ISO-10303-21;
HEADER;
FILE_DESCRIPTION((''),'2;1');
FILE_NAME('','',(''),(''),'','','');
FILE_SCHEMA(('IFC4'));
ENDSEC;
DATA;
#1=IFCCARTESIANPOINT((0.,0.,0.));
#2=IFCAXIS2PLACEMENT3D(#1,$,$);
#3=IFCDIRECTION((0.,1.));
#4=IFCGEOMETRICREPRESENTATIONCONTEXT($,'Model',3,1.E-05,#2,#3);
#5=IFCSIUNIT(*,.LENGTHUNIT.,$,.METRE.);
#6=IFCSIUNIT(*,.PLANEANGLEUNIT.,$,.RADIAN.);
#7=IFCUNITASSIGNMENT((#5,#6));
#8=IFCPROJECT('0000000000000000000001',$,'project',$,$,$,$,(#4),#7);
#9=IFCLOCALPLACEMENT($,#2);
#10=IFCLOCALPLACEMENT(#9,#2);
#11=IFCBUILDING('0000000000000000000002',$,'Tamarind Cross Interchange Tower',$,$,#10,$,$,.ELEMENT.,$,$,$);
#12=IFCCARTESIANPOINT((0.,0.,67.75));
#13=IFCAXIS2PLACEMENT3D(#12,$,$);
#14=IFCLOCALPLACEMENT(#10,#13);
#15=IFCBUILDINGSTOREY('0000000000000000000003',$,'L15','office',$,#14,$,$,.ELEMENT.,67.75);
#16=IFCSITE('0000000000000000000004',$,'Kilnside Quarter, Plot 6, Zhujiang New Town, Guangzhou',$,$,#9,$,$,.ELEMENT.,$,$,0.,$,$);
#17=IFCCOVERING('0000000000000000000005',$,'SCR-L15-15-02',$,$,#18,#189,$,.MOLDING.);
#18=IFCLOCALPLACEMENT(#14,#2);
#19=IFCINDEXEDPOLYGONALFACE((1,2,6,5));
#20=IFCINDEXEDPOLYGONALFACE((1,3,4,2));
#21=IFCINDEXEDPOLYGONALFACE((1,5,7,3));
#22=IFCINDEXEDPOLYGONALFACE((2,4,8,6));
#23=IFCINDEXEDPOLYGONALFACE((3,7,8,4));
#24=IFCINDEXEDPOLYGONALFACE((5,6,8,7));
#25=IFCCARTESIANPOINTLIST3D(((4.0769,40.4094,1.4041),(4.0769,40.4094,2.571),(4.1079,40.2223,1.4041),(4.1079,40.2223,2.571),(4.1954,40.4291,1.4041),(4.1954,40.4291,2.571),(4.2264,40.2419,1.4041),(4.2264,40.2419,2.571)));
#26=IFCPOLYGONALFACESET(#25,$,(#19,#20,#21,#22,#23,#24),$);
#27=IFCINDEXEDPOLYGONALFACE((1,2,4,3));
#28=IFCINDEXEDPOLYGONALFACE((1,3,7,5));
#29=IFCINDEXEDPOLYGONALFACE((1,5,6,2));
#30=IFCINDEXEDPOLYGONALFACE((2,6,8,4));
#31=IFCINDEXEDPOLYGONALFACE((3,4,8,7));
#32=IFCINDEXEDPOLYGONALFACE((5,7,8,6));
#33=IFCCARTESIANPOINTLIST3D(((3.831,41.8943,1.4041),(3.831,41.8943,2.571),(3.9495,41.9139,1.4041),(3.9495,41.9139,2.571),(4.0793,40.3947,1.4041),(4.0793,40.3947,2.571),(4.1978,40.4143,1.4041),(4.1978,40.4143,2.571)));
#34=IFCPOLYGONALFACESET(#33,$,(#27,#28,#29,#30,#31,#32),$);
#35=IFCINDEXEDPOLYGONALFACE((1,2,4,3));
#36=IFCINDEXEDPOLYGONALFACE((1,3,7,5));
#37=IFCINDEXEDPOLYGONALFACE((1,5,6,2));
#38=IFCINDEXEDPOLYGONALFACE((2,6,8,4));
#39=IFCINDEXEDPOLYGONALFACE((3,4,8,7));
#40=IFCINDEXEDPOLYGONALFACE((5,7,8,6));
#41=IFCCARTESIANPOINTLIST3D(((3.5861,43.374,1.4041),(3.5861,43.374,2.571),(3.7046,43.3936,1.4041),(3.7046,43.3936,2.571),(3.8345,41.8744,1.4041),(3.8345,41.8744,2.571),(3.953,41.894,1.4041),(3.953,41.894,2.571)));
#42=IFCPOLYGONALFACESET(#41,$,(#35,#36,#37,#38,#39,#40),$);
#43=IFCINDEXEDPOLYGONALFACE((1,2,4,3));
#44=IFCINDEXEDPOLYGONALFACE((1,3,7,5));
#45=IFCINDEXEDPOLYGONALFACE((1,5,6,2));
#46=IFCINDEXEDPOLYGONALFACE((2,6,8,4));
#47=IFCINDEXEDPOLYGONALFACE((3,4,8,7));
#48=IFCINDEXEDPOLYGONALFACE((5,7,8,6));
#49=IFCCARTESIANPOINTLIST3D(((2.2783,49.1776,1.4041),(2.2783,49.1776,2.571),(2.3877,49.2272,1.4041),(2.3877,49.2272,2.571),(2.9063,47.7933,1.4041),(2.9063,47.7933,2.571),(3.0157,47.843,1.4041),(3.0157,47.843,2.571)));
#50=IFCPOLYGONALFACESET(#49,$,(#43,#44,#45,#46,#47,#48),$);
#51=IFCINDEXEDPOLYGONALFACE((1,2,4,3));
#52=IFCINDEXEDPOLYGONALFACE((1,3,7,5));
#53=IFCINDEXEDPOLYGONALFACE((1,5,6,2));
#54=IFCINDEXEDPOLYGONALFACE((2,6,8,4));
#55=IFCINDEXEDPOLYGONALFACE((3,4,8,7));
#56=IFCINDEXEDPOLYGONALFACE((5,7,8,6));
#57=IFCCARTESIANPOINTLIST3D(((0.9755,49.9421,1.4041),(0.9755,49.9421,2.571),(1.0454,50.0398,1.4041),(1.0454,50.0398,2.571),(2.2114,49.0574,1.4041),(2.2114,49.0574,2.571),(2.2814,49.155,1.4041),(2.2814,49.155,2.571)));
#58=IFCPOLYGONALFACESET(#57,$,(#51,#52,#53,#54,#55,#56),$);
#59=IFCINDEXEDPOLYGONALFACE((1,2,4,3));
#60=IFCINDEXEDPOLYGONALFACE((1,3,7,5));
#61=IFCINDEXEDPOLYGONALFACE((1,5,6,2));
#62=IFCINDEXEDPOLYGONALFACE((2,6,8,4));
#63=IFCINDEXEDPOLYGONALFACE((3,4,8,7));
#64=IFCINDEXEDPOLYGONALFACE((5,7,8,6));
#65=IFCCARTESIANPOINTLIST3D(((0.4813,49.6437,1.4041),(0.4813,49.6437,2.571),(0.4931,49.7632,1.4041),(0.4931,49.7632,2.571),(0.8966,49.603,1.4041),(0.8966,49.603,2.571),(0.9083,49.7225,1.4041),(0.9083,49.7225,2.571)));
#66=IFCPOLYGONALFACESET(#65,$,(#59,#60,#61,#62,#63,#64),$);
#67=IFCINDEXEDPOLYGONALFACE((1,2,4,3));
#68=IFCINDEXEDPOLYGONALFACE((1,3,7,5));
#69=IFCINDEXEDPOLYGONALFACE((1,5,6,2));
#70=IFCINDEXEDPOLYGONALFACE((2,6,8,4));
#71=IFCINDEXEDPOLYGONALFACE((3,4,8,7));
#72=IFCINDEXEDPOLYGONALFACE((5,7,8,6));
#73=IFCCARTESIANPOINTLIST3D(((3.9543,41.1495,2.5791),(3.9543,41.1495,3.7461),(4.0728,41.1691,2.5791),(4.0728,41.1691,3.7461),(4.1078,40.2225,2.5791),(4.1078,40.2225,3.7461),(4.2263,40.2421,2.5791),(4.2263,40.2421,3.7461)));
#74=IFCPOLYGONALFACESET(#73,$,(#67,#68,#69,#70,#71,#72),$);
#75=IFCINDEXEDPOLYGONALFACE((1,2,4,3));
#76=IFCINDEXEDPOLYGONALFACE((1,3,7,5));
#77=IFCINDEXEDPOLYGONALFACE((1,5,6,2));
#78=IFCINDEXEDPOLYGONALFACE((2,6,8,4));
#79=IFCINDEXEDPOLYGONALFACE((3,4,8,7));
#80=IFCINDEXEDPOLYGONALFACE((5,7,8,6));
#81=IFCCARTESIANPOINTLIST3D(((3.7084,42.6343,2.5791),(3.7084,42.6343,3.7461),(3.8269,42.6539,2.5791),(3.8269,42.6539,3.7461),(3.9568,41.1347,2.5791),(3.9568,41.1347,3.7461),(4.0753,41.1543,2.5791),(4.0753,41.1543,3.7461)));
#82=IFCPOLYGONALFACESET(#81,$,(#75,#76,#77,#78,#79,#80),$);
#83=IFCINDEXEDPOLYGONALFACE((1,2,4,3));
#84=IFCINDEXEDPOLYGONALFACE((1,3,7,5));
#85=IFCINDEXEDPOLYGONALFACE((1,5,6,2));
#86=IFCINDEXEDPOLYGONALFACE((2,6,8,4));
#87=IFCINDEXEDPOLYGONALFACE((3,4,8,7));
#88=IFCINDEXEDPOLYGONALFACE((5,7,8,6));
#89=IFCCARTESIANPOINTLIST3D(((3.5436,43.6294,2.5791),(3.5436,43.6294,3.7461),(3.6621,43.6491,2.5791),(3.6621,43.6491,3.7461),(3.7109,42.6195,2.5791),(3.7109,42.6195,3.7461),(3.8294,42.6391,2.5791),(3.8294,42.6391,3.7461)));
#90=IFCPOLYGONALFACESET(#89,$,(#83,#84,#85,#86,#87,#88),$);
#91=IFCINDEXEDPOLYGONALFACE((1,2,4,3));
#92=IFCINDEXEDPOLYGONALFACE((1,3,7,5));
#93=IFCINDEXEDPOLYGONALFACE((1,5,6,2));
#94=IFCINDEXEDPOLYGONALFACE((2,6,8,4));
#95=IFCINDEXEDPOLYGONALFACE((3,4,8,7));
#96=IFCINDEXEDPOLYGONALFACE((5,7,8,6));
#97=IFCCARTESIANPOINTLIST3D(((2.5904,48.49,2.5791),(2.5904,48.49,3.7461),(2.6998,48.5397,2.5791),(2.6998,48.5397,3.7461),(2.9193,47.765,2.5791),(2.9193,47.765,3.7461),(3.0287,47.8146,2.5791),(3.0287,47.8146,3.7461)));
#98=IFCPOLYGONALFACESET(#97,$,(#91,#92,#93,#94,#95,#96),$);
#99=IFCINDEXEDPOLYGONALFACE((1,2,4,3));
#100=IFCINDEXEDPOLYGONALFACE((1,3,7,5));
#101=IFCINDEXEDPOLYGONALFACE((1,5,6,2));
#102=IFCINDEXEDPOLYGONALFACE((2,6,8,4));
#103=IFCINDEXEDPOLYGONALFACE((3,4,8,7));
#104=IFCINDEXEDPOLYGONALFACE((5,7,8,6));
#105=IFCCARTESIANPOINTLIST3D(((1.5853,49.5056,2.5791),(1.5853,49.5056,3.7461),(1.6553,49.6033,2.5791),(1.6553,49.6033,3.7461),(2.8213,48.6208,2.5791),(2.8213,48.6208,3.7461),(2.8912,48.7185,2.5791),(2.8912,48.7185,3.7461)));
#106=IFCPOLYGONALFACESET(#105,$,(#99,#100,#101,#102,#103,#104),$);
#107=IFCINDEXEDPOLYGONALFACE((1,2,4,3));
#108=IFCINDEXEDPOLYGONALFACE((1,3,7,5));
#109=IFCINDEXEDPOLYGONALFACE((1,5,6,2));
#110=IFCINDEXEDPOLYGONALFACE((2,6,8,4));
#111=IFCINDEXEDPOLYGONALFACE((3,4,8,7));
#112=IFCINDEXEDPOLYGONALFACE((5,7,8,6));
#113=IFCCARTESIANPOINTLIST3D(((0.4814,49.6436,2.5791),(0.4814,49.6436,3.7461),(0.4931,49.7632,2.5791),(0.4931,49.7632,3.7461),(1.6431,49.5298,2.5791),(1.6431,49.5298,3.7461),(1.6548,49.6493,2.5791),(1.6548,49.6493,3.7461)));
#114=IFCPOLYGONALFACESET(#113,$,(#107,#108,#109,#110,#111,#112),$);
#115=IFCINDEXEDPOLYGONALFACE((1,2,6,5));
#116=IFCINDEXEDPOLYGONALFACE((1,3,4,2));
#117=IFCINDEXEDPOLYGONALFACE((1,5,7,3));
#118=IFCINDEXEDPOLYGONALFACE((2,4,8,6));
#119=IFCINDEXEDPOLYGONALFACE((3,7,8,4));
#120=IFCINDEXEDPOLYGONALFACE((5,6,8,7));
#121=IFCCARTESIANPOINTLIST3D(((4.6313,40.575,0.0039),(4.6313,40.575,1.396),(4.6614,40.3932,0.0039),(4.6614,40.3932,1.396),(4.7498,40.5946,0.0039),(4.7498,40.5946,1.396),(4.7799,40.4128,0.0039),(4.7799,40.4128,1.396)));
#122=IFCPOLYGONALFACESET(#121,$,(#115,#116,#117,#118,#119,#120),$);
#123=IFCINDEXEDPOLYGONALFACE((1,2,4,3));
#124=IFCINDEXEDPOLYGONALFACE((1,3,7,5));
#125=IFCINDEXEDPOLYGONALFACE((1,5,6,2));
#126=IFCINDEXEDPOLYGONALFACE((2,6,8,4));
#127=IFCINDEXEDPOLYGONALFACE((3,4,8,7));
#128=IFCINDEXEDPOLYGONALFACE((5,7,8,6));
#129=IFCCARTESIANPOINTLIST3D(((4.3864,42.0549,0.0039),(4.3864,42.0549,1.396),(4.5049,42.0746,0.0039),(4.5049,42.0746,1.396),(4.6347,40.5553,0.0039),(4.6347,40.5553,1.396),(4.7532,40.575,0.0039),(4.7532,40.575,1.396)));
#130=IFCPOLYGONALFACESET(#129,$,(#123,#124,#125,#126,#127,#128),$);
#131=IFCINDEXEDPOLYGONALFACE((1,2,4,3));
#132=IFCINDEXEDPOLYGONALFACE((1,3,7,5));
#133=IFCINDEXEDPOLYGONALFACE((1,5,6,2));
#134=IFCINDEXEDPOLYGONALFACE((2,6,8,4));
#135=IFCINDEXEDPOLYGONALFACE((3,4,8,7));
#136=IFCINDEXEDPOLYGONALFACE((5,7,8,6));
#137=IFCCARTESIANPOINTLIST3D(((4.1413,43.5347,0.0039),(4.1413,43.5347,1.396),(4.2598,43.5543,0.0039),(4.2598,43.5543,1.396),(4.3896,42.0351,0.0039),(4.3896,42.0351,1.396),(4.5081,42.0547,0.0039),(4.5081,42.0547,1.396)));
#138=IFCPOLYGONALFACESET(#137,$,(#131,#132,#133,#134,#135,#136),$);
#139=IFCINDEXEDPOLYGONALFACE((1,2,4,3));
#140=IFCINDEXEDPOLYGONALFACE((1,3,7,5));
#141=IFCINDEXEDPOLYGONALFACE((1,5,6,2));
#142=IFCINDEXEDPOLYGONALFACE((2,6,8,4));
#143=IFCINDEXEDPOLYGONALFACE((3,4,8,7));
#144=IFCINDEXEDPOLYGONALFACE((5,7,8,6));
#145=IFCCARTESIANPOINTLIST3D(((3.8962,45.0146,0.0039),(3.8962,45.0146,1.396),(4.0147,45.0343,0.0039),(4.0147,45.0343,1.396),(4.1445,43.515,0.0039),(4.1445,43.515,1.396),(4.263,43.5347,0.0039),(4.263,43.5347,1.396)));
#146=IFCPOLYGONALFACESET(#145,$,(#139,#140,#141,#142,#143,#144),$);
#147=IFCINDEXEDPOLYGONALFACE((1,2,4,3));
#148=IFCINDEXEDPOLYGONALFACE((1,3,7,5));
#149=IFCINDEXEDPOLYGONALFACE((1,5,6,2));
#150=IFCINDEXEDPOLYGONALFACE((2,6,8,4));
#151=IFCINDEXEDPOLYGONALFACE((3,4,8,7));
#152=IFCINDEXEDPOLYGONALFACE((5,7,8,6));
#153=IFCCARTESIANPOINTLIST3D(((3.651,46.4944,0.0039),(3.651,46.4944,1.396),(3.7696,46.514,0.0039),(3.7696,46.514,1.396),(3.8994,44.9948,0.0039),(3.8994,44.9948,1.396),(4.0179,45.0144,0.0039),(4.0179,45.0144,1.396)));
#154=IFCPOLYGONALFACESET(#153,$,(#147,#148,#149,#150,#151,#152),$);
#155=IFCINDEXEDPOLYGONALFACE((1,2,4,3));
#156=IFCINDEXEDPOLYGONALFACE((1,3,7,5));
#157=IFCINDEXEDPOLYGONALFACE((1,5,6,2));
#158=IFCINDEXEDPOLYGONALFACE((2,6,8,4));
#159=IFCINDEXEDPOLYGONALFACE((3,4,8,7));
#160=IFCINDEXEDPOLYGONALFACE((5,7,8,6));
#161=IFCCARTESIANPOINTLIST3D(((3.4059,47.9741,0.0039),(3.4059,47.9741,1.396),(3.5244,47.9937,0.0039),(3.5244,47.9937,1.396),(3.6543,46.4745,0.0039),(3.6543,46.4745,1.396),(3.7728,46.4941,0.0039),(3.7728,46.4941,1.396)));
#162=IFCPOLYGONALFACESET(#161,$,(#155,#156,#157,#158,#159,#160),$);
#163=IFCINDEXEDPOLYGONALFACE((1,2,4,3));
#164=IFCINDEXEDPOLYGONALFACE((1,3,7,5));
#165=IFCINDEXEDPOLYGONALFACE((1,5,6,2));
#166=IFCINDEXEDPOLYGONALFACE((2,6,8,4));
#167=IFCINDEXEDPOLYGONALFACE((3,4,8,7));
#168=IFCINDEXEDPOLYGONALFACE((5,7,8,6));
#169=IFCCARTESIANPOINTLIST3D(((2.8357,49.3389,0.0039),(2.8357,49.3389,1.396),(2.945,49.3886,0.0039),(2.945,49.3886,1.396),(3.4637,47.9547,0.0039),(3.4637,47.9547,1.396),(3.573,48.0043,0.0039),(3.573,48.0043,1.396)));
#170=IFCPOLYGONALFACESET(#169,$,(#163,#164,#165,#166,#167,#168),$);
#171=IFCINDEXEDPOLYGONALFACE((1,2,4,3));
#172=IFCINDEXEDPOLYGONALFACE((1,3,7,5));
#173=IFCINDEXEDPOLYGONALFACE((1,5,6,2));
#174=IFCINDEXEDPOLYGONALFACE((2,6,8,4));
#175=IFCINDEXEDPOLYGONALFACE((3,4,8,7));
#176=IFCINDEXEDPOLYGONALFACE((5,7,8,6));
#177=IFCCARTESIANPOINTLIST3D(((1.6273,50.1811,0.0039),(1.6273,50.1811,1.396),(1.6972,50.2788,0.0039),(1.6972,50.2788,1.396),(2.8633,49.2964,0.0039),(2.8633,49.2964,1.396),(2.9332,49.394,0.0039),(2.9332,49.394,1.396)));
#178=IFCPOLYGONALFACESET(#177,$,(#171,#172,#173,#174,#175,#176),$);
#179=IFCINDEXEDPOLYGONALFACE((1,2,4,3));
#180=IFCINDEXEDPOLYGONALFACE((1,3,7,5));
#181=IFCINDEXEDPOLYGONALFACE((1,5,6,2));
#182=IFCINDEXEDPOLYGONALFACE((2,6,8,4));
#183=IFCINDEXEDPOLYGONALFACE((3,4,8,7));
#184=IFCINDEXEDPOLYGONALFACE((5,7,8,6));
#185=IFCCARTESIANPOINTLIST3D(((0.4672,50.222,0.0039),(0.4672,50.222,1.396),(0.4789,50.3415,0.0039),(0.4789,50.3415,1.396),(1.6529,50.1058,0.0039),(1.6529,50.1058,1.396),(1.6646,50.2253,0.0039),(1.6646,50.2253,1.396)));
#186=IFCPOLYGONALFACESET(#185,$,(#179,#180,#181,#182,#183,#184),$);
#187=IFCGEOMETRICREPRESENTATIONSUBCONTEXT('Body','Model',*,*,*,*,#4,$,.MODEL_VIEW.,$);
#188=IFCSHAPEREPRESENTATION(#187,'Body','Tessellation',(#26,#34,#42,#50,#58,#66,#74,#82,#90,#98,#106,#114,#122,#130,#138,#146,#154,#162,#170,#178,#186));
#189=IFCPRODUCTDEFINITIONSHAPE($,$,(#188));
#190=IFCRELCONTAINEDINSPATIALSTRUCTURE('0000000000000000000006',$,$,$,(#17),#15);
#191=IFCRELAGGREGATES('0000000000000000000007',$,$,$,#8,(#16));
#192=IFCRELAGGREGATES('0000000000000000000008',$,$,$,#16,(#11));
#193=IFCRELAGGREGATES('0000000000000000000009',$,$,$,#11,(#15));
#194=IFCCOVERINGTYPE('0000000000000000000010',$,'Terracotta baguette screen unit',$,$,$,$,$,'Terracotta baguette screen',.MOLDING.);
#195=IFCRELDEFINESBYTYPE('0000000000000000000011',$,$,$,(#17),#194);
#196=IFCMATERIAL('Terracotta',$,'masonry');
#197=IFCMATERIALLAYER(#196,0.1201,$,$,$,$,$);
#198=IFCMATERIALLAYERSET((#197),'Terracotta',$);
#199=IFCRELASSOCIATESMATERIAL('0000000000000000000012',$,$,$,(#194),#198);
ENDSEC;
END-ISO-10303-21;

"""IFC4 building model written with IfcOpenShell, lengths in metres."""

from ifc_helpers import new_model, si_unit, direction, frame, origin, origin_2d, place, context, subcontext, project, spatial, rectangle, extrude, material, layer, layer_set, type_object, element, save


model = new_model("IFC4")

# Units and contexts
model_context = context("Model", 3, precision=1e-05, world=origin(), true_north=direction((0.0, 1.0)))
body_context = subcontext(model_context, "Body", "Model", "MODEL_VIEW")
ifc_project = project(units=[si_unit("LENGTHUNIT", "METRE"), si_unit("PLANEANGLEUNIT", "RADIAN")], contexts=[model_context])

# Site, building, storey
site_placement = place(None, origin())
site = spatial("IfcSite", under=ifc_project, at=site_placement, Name="Kilnside Quarter, Plot 6, Zhujiang New Town, Guangzhou", CompositionType="ELEMENT", RefElevation=0.0)
building_placement = place(site_placement, origin())
building = spatial("IfcBuilding", under=site, at=building_placement, Name="Tamarind Cross Interchange Tower", CompositionType="ELEMENT")
storey_placement = place(building_placement, frame((0.0, 0.0, 67.75)))
storey = spatial("IfcBuildingStorey", under=building, at=storey_placement, Name="L15", Description="office", CompositionType="ELEMENT", Elevation=67.75)

# Covering
ifc_material_1 = material(Name="Terracotta", Category="masonry")
ifc_layer_1 = layer(ifc_material_1, 0.1201)
ifc_layer_set_1 = layer_set([ifc_layer_1], Name="Terracotta")
covering_type = type_object("IfcCoveringType", Name="Terracotta baguette screen unit", ElementType="Terracotta baguette screen", PredefinedType="MOLDING", material=ifc_layer_set_1)
covering_1_placement = place(storey_placement, origin())
element("IfcCovering", 1, at=covering_1_placement, inside=storey, type_object=covering_type, Name="SCR-L15-15-02", PredefinedType="MOLDING", context=body_context, shape_type="SweptSolid", body=[
    extrude(rectangle(XDim=0.1897, YDim=0.1201, at=origin_2d()), frame((4.1516, 40.3257, 1.4041), z_axis=(0.0, 0.0, 1.0), x_axis=(-0.163381, 0.986563, 0.0)), (0.0, 0.0, 1.0), 1.167),
    extrude(rectangle(XDim=1.52, YDim=0.1201, at=origin_2d()), frame((4.0144, 41.1543, 1.4041), z_axis=(0.0, 0.0, 1.0), x_axis=(-0.163381, 0.986563, 0.0)), (0.0, 0.0, 1.0), 1.167),
    extrude(rectangle(XDim=1.52, YDim=0.1201, at=origin_2d()), frame((3.7695, 42.634, 1.4041), z_axis=(0.0, 0.0, 1.0), x_axis=(-0.163381, 0.986563, 0.0)), (0.0, 0.0, 1.0), 1.167),
    extrude(rectangle(XDim=1.52, YDim=0.1201, at=origin_2d()), frame((2.647, 48.5103, 1.4041), z_axis=(0.0, 0.0, 1.0), x_axis=(-0.413155, 0.910661, 0.0)), (0.0, 0.0, 1.0), 1.167),
    extrude(rectangle(XDim=1.52, YDim=0.1201, at=origin_2d()), frame((1.6284, 49.5486, 1.4041), z_axis=(0.0, 0.0, 1.0), x_axis=(-0.813133, 0.582078, 0.0)), (0.0, 0.0, 1.0), 1.167),
    extrude(rectangle(XDim=0.4172, YDim=0.1201, at=origin_2d()), frame((0.6948, 49.6831, 1.4041), z_axis=(0.0, 0.0, 1.0), x_axis=(-0.995233, 0.097527, 0.0)), (0.0, 0.0, 1.0), 1.167),
    extrude(rectangle(XDim=0.9397, YDim=0.1201, at=origin_2d()), frame((4.0903, 40.6958, 2.5791), z_axis=(0.0, 0.0, 1.0), x_axis=(-0.163381, 0.986563, 0.0)), (0.0, 0.0, 1.0), 1.167),
    extrude(rectangle(XDim=1.52, YDim=0.1201, at=origin_2d()), frame((3.8918, 41.8943, 2.5791), z_axis=(0.0, 0.0, 1.0), x_axis=(-0.163381, 0.986563, 0.0)), (0.0, 0.0, 1.0), 1.167),
    extrude(rectangle(XDim=1.0237, YDim=0.1201, at=origin_2d()), frame((3.6865, 43.1343, 2.5791), z_axis=(0.0, 0.0, 1.0), x_axis=(-0.163381, 0.986563, 0.0)), (0.0, 0.0, 1.0), 1.167),
    extrude(rectangle(XDim=0.7961, YDim=0.1201, at=origin_2d()), frame((2.8096, 48.1523, 2.5791), z_axis=(0.0, 0.0, 1.0), x_axis=(-0.413155, 0.910661, 0.0)), (0.0, 0.0, 1.0), 1.167),
    extrude(rectangle(XDim=1.52, YDim=0.1201, at=origin_2d()), frame((2.2383, 49.1121, 2.5791), z_axis=(0.0, 0.0, 1.0), x_axis=(-0.813133, 0.582078, 0.0)), (0.0, 0.0, 1.0), 1.167),
    extrude(rectangle(XDim=1.1672, YDim=0.1201, at=origin_2d()), frame((1.0681, 49.6465, 2.5791), z_axis=(0.0, 0.0, 1.0), x_axis=(-0.995233, 0.097527, 0.0)), (0.0, 0.0, 1.0), 1.167),
    extrude(rectangle(XDim=0.1843, YDim=0.1201, at=origin_2d()), frame((4.7056, 40.4939, 0.0039), z_axis=(0.0, 0.0, 1.0), x_axis=(-0.163381, 0.986563, 0.0)), (0.0, 0.0, 1.0), 1.3921),
    extrude(rectangle(XDim=1.52, YDim=0.1201, at=origin_2d()), frame((4.5698, 41.3149, 0.0039), z_axis=(0.0, 0.0, 1.0), x_axis=(-0.163381, 0.986563, 0.0)), (0.0, 0.0, 1.0), 1.3921),
    extrude(rectangle(XDim=1.52, YDim=0.1201, at=origin_2d()), frame((4.3247, 42.7947, 0.0039), z_axis=(0.0, 0.0, 1.0), x_axis=(-0.163381, 0.986563, 0.0)), (0.0, 0.0, 1.0), 1.3921),
    extrude(rectangle(XDim=1.52, YDim=0.1201, at=origin_2d()), frame((4.0796, 44.2747, 0.0039), z_axis=(0.0, 0.0, 1.0), x_axis=(-0.163381, 0.986563, 0.0)), (0.0, 0.0, 1.0), 1.3921),
    extrude(rectangle(XDim=1.52, YDim=0.1201, at=origin_2d()), frame((3.8345, 45.7544, 0.0039), z_axis=(0.0, 0.0, 1.0), x_axis=(-0.163381, 0.986563, 0.0)), (0.0, 0.0, 1.0), 1.3921),
    extrude(rectangle(XDim=1.52, YDim=0.1201, at=origin_2d()), frame((3.5894, 47.2341, 0.0039), z_axis=(0.0, 0.0, 1.0), x_axis=(-0.163381, 0.986563, 0.0)), (0.0, 0.0, 1.0), 1.3921),
    extrude(rectangle(XDim=1.52, YDim=0.1201, at=origin_2d()), frame((3.2043, 48.6716, 0.0039), z_axis=(0.0, 0.0, 1.0), x_axis=(-0.413155, 0.910661, 0.0)), (0.0, 0.0, 1.0), 1.3921),
    extrude(rectangle(XDim=1.52, YDim=0.1201, at=origin_2d()), frame((2.2803, 49.7876, 0.0039), z_axis=(0.0, 0.0, 1.0), x_axis=(-0.813133, 0.582078, 0.0)), (0.0, 0.0, 1.0), 1.3921),
    extrude(rectangle(XDim=1.1914, YDim=0.1201, at=origin_2d()), frame((1.0659, 50.2236, 0.0039), z_axis=(0.0, 0.0, 1.0), x_axis=(-0.995233, 0.097527, 0.0)), (0.0, 0.0, 1.0), 1.3921),
])

save(model, "model.ifc")
